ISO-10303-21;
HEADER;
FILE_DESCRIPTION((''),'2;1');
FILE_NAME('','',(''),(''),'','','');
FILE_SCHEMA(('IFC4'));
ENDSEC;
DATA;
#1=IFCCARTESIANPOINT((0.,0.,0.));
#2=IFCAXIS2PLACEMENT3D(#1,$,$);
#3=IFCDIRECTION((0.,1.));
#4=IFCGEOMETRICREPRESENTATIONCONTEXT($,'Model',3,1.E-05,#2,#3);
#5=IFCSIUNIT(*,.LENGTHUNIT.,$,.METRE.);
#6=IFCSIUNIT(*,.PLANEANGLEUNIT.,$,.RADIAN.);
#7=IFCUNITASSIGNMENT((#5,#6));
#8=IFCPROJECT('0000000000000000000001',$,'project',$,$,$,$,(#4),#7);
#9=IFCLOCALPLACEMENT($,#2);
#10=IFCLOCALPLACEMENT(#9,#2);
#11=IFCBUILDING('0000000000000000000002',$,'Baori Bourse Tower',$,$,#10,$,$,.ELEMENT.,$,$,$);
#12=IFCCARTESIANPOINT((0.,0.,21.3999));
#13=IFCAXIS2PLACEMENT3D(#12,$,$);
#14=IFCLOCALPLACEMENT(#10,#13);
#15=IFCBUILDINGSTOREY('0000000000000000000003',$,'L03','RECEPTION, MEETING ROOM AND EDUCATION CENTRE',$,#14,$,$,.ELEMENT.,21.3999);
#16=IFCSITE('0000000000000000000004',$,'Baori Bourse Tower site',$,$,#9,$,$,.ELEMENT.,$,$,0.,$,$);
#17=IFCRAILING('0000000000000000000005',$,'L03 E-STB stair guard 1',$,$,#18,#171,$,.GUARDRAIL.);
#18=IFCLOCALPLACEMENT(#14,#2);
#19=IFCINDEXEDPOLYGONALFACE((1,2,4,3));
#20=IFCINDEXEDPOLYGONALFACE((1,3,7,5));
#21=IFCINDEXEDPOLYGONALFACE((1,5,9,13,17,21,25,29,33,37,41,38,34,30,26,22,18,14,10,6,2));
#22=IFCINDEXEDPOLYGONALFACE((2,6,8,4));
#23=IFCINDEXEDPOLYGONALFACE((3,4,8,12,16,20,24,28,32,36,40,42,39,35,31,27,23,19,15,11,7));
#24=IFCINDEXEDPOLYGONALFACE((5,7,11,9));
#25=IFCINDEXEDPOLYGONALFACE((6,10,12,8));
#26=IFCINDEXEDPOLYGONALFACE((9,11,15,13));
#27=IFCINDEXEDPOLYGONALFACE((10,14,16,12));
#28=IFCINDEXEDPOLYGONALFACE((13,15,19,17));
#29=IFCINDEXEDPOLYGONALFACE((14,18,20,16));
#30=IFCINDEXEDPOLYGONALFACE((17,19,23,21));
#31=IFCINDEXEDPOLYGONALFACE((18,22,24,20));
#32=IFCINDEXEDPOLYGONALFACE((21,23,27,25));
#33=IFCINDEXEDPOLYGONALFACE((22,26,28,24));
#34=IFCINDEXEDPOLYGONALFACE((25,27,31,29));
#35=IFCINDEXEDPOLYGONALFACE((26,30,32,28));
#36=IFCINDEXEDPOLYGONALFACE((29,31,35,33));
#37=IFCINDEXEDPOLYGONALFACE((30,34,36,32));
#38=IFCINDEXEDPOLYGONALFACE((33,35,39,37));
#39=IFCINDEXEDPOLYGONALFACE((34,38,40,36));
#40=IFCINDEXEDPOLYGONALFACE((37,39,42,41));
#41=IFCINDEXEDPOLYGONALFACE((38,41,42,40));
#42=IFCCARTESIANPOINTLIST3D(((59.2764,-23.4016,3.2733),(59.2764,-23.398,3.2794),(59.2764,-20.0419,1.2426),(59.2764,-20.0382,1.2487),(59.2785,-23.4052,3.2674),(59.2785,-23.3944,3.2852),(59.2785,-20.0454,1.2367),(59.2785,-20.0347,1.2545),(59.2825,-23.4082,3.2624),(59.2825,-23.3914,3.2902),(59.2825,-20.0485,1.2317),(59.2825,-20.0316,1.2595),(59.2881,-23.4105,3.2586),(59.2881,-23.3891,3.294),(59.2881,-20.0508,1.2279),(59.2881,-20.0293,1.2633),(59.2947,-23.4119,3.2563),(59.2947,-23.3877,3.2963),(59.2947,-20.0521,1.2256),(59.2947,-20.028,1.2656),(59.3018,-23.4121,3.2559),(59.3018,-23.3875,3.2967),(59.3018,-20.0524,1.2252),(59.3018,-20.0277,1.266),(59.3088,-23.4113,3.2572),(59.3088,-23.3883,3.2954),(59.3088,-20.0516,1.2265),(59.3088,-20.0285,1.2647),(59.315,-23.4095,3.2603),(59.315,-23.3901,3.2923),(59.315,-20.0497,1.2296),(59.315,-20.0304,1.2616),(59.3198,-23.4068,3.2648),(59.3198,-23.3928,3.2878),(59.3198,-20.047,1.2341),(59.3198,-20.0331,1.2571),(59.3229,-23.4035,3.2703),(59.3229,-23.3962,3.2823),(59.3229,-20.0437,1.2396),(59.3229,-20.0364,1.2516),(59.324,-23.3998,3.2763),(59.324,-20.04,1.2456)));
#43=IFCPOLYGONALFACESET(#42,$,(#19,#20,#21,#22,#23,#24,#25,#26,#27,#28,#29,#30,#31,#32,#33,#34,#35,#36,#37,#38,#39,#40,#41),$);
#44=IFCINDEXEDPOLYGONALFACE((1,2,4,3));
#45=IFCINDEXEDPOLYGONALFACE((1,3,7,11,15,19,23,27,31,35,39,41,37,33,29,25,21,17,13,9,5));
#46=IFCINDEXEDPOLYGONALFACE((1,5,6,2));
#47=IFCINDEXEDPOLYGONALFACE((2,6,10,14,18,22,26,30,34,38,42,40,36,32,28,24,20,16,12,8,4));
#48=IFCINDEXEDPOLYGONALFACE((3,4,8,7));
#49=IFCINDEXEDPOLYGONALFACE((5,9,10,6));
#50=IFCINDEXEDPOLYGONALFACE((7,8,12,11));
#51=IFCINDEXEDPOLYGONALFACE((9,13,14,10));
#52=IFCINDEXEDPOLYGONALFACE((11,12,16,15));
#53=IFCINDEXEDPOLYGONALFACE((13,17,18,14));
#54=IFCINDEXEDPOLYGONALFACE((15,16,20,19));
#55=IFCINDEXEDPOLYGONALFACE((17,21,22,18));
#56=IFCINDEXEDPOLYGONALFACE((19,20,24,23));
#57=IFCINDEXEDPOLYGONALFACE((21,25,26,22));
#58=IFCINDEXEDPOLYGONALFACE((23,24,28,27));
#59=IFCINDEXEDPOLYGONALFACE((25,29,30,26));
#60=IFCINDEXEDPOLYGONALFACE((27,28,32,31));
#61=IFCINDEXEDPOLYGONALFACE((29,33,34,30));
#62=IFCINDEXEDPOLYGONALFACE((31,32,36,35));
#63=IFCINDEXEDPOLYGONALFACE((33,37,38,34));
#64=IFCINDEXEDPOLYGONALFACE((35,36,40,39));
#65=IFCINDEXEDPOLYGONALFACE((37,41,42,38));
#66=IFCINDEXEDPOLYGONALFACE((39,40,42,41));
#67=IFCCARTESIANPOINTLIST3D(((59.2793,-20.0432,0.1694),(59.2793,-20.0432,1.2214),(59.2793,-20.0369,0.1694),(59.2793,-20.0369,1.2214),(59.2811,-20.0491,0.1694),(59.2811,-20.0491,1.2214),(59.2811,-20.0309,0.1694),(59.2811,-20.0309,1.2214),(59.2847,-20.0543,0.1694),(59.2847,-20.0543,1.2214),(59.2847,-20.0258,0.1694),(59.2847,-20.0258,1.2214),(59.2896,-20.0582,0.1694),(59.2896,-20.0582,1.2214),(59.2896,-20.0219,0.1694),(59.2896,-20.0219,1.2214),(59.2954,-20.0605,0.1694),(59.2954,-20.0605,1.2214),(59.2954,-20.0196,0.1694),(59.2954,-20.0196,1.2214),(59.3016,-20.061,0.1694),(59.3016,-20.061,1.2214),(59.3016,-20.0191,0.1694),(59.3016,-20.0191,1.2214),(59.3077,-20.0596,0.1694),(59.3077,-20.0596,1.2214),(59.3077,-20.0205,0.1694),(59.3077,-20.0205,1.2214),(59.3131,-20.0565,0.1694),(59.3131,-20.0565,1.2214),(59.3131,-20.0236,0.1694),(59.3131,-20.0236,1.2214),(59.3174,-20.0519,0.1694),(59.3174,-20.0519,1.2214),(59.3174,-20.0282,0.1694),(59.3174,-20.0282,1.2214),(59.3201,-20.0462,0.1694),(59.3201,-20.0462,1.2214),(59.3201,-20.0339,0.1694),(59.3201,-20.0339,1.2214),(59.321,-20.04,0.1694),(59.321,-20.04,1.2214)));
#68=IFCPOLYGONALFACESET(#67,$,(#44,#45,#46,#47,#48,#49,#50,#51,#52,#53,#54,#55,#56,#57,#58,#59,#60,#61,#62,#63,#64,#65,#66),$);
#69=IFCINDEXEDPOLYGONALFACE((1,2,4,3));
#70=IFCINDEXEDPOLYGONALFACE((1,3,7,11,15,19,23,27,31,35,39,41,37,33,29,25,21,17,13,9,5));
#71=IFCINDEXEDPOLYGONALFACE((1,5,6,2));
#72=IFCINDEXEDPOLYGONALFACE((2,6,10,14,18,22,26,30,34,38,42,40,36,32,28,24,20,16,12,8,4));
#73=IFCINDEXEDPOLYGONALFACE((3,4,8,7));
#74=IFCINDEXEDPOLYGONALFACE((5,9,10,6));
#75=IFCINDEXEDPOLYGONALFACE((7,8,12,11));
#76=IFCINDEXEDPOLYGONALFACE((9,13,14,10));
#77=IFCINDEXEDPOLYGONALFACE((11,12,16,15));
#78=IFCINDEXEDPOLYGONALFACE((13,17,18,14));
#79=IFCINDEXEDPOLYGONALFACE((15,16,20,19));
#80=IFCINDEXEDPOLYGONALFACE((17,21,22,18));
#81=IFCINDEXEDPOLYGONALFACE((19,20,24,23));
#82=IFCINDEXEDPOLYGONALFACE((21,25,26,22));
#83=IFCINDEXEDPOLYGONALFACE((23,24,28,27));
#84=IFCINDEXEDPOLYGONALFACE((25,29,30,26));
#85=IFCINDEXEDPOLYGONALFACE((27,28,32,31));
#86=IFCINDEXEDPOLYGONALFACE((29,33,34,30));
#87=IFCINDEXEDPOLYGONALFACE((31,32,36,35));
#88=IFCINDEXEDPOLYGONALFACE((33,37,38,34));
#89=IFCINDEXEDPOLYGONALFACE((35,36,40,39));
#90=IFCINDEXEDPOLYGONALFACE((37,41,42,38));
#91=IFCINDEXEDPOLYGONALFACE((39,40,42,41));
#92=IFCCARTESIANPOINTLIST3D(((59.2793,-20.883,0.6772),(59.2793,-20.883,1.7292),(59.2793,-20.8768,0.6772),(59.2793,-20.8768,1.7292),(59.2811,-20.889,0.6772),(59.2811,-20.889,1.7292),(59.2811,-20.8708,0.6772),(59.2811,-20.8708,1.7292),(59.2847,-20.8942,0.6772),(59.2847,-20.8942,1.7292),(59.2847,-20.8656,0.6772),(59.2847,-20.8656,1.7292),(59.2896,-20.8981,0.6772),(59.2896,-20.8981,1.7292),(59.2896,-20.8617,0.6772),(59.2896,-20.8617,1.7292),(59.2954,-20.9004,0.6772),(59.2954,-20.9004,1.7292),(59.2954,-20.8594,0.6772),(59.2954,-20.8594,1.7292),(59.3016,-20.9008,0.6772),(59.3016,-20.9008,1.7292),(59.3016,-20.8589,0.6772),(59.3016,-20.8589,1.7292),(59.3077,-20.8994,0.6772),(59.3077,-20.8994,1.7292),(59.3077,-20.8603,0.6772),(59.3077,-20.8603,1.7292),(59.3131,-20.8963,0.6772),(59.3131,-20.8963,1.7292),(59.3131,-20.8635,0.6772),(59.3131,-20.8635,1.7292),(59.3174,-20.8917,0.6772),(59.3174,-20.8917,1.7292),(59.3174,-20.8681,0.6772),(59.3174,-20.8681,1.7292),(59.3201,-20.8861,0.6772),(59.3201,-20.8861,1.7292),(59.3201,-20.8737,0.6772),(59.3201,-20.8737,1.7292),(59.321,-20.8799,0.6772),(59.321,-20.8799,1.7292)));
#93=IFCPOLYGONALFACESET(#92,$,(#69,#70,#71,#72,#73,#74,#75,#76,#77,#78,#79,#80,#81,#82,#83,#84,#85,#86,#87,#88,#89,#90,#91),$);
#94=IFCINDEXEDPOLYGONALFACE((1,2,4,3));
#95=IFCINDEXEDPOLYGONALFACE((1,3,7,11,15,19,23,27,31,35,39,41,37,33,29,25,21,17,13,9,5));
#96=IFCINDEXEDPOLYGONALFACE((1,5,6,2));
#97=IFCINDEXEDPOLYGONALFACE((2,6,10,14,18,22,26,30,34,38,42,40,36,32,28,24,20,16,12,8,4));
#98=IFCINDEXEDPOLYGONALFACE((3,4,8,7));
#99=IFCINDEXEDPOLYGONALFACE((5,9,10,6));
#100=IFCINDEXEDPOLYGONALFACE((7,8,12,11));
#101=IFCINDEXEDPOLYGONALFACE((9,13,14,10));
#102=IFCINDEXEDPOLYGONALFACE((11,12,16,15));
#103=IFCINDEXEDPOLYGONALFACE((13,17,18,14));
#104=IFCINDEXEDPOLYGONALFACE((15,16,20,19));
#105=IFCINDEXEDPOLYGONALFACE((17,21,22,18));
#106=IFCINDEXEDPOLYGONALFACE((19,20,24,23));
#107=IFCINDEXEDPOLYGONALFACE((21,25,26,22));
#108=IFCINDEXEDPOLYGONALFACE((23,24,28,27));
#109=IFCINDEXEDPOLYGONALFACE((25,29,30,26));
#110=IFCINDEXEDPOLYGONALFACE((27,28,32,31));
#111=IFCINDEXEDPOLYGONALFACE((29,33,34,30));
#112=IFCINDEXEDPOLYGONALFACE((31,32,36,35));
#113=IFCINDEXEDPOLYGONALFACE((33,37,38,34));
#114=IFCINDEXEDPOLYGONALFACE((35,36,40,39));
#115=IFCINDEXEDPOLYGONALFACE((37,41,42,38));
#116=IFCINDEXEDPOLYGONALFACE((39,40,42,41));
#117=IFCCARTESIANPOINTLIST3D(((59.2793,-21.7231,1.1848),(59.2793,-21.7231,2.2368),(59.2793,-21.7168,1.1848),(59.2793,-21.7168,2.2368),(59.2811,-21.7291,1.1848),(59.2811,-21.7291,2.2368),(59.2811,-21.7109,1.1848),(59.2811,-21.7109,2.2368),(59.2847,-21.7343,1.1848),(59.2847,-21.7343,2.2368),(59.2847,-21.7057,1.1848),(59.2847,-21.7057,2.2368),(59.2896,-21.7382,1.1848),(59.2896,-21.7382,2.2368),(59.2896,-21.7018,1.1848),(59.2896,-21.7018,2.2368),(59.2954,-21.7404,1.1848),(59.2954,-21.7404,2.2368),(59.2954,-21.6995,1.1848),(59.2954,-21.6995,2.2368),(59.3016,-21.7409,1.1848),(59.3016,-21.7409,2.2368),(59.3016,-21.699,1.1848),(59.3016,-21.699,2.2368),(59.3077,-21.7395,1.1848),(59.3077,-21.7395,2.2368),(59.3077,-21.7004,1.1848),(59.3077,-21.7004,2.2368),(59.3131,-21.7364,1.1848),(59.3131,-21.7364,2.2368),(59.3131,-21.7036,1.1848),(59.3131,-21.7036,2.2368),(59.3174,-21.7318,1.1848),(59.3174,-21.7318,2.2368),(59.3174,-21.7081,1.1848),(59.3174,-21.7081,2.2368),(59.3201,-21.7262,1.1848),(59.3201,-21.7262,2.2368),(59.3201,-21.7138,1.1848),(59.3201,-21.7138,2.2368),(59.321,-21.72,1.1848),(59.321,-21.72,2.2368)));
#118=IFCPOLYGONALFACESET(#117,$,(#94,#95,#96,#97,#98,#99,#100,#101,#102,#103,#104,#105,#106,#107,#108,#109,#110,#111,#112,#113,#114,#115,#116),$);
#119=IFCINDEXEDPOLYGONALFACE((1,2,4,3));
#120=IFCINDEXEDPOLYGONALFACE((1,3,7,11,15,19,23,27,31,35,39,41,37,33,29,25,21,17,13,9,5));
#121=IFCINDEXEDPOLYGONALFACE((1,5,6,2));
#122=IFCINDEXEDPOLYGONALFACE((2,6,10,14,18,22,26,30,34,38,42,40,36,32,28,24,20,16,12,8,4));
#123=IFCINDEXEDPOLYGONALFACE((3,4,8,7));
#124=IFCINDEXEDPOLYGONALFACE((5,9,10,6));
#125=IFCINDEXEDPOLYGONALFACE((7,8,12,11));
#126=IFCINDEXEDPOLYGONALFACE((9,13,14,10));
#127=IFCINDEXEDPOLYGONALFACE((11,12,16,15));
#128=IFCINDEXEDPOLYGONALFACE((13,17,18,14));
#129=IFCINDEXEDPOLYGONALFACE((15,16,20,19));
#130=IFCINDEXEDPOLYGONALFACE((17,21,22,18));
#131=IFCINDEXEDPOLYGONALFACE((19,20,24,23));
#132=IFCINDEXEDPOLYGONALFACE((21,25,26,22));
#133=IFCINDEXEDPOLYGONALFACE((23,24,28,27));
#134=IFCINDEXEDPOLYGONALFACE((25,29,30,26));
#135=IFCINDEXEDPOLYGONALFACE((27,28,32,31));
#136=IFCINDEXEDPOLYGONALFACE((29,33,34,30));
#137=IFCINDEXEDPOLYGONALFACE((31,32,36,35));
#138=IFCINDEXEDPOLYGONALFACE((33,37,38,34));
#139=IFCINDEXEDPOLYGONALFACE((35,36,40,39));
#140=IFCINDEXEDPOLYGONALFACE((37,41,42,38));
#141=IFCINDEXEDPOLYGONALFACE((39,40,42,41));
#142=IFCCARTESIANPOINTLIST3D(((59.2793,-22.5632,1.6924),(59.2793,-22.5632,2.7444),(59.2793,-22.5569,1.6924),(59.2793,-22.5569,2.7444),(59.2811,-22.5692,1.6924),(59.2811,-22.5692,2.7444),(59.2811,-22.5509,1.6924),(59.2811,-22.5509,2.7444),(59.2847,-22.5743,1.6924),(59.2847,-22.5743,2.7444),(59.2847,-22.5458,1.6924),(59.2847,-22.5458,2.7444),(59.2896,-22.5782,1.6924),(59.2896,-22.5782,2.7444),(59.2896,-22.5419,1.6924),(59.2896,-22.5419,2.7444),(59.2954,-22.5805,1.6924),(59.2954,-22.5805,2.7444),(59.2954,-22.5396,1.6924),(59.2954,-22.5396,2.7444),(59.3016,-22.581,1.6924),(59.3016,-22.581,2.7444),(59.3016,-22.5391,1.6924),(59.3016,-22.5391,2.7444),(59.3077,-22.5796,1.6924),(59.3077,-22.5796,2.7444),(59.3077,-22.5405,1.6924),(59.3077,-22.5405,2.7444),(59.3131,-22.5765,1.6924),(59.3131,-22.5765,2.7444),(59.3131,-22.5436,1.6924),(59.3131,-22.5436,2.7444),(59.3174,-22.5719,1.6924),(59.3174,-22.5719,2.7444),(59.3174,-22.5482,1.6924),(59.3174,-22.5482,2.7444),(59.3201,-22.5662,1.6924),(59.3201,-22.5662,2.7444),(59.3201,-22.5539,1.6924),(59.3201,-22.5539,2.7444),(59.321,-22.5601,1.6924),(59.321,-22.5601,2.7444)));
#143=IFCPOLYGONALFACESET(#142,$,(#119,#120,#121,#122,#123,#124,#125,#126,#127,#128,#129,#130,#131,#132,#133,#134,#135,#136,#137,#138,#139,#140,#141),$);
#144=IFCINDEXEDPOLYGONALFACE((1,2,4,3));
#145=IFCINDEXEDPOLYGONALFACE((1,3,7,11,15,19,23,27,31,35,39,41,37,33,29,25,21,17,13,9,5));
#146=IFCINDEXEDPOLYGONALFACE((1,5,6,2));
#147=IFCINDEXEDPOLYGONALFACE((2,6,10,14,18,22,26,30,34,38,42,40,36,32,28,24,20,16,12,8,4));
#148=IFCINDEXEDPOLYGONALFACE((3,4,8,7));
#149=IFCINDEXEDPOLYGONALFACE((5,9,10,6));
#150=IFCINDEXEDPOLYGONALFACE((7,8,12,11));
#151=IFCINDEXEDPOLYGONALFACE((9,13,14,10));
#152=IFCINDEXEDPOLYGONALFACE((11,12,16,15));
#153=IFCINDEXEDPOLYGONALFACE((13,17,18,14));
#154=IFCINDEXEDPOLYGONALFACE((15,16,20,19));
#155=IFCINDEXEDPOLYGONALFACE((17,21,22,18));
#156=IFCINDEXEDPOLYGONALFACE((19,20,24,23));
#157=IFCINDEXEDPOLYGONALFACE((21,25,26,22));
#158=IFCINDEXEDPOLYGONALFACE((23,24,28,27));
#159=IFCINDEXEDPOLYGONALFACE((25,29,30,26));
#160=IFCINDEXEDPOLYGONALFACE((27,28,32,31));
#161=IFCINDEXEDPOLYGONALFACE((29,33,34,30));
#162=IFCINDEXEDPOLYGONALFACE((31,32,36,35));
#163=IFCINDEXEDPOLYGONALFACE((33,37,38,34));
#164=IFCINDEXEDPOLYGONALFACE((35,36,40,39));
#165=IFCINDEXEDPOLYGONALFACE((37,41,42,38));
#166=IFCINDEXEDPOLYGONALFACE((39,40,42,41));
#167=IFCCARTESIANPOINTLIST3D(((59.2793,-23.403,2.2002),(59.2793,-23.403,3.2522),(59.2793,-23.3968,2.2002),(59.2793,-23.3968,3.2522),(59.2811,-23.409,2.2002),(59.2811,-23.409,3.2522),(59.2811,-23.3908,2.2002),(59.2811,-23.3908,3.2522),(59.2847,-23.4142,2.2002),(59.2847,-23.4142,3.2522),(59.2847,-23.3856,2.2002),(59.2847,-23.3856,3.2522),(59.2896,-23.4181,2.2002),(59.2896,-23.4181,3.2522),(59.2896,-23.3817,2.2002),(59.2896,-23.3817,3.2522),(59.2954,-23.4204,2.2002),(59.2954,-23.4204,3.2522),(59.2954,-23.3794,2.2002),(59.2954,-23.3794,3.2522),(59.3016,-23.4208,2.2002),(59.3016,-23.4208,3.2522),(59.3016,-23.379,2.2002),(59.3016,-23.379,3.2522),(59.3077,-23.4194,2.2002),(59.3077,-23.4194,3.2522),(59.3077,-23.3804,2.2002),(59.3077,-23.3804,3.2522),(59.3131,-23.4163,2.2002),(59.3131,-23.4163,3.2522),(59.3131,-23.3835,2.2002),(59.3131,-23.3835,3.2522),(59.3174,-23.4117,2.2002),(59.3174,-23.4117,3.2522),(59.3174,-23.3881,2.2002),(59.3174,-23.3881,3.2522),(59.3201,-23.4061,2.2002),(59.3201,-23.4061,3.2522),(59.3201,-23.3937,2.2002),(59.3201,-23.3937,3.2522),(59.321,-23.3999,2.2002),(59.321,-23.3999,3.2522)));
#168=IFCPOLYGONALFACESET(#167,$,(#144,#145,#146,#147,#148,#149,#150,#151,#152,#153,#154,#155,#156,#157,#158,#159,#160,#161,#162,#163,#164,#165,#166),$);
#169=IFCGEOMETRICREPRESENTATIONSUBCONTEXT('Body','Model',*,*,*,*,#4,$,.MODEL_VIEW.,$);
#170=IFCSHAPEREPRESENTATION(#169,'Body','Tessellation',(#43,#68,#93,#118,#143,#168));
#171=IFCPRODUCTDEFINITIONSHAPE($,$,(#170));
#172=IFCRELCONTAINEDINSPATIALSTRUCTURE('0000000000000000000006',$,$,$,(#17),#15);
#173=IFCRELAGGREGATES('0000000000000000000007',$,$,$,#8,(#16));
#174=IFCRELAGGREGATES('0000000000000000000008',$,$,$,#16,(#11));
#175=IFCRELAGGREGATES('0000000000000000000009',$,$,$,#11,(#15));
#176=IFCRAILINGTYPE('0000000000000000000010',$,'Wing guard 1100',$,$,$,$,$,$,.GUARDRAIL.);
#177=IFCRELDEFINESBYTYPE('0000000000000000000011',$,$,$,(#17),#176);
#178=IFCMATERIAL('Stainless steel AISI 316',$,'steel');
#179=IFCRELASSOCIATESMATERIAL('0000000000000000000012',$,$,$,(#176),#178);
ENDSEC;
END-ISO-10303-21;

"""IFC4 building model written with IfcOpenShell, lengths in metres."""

from ifc_helpers import new_model, si_unit, direction, frame, origin, origin_2d, place, context, subcontext, project, spatial, circle, extrude, material, type_object, element, save


model = new_model("IFC4")

# Units and contexts
model_context = context("Model", 3, precision=1e-05, world=origin(), true_north=direction((0.0, 1.0)))
body_context = subcontext(model_context, "Body", "Model", "MODEL_VIEW")
ifc_project = project(units=[si_unit("LENGTHUNIT", "METRE"), si_unit("PLANEANGLEUNIT", "RADIAN")], contexts=[model_context])

# Site, building, storey
site_placement = place(None, origin())
site = spatial("IfcSite", under=ifc_project, at=site_placement, Name="Baori Bourse Tower site", CompositionType="ELEMENT", RefElevation=0.0)
building_placement = place(site_placement, origin())
building = spatial("IfcBuilding", under=site, at=building_placement, Name="Baori Bourse Tower", CompositionType="ELEMENT")
storey_placement = place(building_placement, frame((0.0, 0.0, 21.3999)))
storey = spatial("IfcBuildingStorey", under=building, at=storey_placement, Name="L03", Description="RECEPTION, MEETING ROOM AND EDUCATION CENTRE", CompositionType="ELEMENT", Elevation=21.3999)

# Railing
ifc_material_1 = material(Name="Stainless steel AISI 316", Category="steel")
railing_type_1 = type_object("IfcRailingType", Name="Wing guard 1100", PredefinedType="GUARDRAIL", material=ifc_material_1)
railing_1_placement = place(storey_placement, frame((59.3, -20.04, 0.1694)))
element("IfcRailing", 1, at=railing_1_placement, inside=storey, type_object=railing_type_1, Name="L03 E-STB stair guard 1", PredefinedType="GUARDRAIL", context=body_context, shape_type="SweptSolid", body=[
    extrude(circle(Radius=0.0239, at=origin_2d()), frame((0.0, 0.0, 1.0762), z_axis=(0.0, -0.85582, 0.517273), x_axis=(1.0, 0.0, 0.0)), (0.0, 0.0, 1.0), 3.9258),
    extrude(circle(Radius=0.021, at=origin_2d()), origin(), (0.0, 0.0, 1.0), 1.052),
    extrude(circle(Radius=0.021, at=origin_2d()), frame((0.0, -0.8398, 0.5078)), (0.0, 0.0, 1.0), 1.052),
    extrude(circle(Radius=0.021, at=origin_2d()), frame((0.0, -1.6799, 1.0154)), (0.0, 0.0, 1.0), 1.052),
    extrude(circle(Radius=0.021, at=origin_2d()), frame((0.0, -2.52, 1.5229)), (0.0, 0.0, 1.0), 1.052),
    extrude(circle(Radius=0.021, at=origin_2d()), frame((0.0, -3.3599, 2.0308)), (0.0, 0.0, 1.0), 1.052),
])

save(model, "model.ifc")
